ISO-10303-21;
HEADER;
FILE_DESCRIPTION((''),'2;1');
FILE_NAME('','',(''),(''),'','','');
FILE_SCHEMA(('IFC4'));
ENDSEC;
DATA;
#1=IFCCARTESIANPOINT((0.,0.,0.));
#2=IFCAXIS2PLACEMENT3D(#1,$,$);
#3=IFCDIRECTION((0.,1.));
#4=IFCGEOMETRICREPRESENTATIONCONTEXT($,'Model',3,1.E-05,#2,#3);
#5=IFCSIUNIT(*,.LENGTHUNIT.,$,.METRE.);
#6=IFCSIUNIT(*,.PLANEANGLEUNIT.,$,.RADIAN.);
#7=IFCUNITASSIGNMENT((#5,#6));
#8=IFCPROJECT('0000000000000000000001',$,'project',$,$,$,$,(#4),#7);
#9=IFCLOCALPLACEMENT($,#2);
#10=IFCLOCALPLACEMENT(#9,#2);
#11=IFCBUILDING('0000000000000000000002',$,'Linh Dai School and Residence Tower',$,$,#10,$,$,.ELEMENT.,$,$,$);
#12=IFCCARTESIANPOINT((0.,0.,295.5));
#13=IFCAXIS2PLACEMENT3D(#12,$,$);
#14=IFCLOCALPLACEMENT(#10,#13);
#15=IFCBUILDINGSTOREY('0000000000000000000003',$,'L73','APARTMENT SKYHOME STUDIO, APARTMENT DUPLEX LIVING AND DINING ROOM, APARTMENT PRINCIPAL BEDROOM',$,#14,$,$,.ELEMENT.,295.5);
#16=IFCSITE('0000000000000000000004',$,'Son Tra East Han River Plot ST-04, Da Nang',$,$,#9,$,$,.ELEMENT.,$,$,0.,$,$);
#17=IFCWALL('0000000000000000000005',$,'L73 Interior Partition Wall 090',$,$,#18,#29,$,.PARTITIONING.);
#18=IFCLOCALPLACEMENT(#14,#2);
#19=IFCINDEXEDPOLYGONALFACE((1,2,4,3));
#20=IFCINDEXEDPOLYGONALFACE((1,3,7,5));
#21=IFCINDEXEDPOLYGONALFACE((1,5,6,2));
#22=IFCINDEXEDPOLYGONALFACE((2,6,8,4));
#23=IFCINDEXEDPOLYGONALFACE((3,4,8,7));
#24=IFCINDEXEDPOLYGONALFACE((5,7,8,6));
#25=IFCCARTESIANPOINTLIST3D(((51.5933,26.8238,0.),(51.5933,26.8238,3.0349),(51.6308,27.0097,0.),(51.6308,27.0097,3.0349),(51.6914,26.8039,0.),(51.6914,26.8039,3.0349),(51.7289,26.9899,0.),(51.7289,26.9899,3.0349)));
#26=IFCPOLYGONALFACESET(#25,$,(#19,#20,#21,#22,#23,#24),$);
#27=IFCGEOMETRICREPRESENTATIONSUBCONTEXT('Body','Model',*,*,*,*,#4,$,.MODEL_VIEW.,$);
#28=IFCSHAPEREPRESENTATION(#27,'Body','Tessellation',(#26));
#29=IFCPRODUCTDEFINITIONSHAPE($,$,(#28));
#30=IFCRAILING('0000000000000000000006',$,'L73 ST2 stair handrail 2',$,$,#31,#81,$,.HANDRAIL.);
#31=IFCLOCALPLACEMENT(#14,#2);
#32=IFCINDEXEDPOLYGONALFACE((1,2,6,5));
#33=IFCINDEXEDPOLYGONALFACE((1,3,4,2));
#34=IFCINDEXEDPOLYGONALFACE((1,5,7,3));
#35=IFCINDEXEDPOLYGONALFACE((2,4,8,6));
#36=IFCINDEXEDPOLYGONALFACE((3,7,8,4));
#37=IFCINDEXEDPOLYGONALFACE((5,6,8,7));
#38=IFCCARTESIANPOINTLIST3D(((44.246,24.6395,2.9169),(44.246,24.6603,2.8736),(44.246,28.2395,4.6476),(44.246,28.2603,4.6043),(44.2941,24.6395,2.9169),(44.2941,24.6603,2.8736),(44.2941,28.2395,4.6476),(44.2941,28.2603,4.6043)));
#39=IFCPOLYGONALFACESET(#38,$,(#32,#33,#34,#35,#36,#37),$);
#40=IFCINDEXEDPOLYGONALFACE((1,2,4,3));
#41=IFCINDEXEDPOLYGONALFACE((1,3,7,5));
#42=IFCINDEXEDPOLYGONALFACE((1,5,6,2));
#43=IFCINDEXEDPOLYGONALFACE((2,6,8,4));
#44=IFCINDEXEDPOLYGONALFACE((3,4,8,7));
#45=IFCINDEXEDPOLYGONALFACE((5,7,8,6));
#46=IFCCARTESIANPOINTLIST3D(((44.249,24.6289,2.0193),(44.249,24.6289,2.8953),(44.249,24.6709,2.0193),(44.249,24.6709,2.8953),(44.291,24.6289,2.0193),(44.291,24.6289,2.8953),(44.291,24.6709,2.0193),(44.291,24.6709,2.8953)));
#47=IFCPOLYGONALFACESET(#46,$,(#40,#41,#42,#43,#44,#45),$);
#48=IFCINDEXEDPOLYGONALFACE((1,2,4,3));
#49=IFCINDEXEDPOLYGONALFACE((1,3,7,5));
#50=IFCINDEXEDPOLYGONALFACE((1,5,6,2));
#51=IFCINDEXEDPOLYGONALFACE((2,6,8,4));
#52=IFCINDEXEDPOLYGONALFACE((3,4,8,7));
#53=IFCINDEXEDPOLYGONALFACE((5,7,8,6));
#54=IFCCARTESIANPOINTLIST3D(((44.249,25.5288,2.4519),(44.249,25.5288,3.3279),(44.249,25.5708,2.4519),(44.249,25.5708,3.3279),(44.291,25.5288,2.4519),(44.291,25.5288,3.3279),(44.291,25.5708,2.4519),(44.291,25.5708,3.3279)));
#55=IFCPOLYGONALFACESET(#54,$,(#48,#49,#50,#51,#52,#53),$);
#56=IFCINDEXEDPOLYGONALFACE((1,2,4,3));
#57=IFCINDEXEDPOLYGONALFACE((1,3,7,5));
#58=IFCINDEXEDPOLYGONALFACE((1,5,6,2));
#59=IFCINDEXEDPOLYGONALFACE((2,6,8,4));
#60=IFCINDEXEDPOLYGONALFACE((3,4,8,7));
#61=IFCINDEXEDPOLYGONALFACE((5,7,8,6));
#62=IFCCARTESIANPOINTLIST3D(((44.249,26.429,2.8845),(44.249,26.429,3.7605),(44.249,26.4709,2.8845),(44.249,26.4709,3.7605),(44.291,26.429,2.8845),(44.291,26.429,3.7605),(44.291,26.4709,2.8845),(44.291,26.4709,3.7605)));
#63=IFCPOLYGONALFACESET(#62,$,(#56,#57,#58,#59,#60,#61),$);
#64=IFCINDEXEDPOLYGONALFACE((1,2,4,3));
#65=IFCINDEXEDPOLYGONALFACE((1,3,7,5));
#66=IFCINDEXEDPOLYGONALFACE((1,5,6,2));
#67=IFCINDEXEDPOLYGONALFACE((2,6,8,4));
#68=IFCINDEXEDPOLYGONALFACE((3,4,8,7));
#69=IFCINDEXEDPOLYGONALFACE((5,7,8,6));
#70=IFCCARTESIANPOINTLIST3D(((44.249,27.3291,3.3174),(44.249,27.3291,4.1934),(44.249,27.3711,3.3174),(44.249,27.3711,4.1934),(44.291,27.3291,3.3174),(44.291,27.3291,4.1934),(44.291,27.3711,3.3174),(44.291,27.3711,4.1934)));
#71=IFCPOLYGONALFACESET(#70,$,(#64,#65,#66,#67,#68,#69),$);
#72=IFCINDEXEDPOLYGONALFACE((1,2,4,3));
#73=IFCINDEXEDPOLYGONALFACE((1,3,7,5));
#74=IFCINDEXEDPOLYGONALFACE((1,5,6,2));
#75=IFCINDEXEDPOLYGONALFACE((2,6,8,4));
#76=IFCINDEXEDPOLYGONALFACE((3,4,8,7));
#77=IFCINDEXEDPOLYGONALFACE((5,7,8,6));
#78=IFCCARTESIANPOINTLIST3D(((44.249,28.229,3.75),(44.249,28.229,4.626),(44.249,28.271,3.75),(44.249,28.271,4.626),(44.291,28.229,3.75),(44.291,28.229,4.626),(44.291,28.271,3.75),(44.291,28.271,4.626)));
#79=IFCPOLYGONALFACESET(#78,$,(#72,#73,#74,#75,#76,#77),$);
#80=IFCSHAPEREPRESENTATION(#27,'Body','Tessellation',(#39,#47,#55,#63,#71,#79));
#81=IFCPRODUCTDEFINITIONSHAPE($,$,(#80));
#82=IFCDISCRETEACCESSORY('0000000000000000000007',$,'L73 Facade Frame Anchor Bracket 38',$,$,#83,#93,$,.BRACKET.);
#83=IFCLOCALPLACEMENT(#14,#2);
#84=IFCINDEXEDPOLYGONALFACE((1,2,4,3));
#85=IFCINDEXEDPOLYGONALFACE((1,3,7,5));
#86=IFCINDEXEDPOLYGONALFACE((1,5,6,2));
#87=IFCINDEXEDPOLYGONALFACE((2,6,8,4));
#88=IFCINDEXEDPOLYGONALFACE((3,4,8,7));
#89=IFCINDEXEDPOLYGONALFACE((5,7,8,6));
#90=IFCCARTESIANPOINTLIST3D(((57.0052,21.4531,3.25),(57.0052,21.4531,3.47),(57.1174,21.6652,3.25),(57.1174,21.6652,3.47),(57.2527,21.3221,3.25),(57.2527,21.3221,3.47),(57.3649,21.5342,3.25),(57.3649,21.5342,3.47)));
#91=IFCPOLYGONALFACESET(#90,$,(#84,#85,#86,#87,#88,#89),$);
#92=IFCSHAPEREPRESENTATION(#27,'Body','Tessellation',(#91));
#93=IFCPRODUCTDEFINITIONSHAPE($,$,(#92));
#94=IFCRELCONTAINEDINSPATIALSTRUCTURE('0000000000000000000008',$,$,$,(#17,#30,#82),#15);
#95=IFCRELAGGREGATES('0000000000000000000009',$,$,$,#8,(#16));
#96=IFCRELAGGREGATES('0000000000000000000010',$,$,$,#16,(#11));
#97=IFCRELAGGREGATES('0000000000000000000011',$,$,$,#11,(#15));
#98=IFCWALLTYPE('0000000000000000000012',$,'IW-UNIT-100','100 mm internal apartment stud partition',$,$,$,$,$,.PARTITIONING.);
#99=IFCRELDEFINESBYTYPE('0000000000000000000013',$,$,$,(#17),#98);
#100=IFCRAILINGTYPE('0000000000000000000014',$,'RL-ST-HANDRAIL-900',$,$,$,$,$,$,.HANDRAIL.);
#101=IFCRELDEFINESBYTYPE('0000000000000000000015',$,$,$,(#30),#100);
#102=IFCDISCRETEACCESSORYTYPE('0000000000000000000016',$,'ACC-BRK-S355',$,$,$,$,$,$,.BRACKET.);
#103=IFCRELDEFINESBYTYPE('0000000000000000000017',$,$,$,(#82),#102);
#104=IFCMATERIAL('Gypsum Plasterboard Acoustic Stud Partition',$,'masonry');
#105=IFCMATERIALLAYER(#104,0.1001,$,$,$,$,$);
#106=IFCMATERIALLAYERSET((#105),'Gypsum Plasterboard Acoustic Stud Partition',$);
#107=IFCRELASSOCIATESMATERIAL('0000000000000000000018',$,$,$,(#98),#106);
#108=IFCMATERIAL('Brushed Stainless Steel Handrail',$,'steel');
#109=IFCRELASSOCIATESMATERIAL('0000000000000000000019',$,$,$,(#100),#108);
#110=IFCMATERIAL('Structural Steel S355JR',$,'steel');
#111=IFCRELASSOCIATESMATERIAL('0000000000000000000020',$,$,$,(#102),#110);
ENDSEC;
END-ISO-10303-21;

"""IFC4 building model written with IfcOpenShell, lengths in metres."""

from ifc_helpers import new_model, si_unit, direction, frame, frame_2d, origin, origin_2d, place, context, subcontext, project, spatial, rectangle, extrude, source, transform, mapped, material, layer, layer_set, type_object, element, save


model = new_model("IFC4")

# Units and contexts
model_context = context("Model", 3, precision=1e-05, world=origin(), true_north=direction((0.0, 1.0)))
body_context = subcontext(model_context, "Body", "Model", "MODEL_VIEW")
ifc_project = project(units=[si_unit("LENGTHUNIT", "METRE"), si_unit("PLANEANGLEUNIT", "RADIAN")], contexts=[model_context])

# Site, building, storey
site_placement = place(None, origin())
site = spatial("IfcSite", under=ifc_project, at=site_placement, Name="Son Tra East Han River Plot ST-04, Da Nang", CompositionType="ELEMENT", RefElevation=0.0)
building_placement = place(site_placement, origin())
building = spatial("IfcBuilding", under=site, at=building_placement, Name="Linh Dai School and Residence Tower", CompositionType="ELEMENT")
storey_placement = place(building_placement, frame((0.0, 0.0, 295.5)))
storey = spatial("IfcBuildingStorey", under=building, at=storey_placement, Name="L73", Description="APARTMENT SKYHOME STUDIO, APARTMENT DUPLEX LIVING AND DINING ROOM, APARTMENT PRINCIPAL BEDROOM", CompositionType="ELEMENT", Elevation=295.5)

# Shared definitions
ifc_material_1 = material(Name="Structural Steel S355JR", Category="steel")

# Shared definitions
ifc_material_2 = material(Name="Gypsum Plasterboard Acoustic Stud Partition", Category="masonry")
ifc_layer_1 = layer(ifc_material_2, 0.1001)
ifc_layer_set_1 = layer_set([ifc_layer_1], Name="Gypsum Plasterboard Acoustic Stud Partition")
wall_type_1 = type_object("IfcWallType", Name="IW-UNIT-100", Description="100 mm internal apartment stud partition", PredefinedType="PARTITIONING", material=ifc_layer_set_1)

# Wall
wall_1_placement = place(storey_placement, frame((51.6423, 26.814, 0.0), z_axis=(0.0, 0.0, 1.0), x_axis=(0.198095, 0.980183, 0.0)))
element("IfcWall", 1, at=wall_1_placement, inside=storey, type_object=wall_type_1, Name="L73 Interior Partition Wall 090", PredefinedType="PARTITIONING", context=body_context, shape_type="SweptSolid", body=[
    extrude(rectangle(XDim=0.1897, YDim=0.1001, at=frame_2d((0.0947, 0.0))), origin(), (0.0, 0.0, 1.0), 3.0349),
])

# Railing
ifc_material_3 = material(Name="Brushed Stainless Steel Handrail", Category="steel")
railing_type = type_object("IfcRailingType", Name="RL-ST-HANDRAIL-900", PredefinedType="HANDRAIL", material=ifc_material_3)
shared_shape_1 = source(origin(), body_context, "Body", "SweptSolid", [
    extrude(rectangle(XDim=0.0481, YDim=0.0481, at=origin_2d()), frame((0.0, 0.0, 0.876), z_axis=(0.0, 0.901263, 0.433273), x_axis=(-1.0, 0.0, 0.0)), (0.0, 0.0, 1.0), 3.9944),
    extrude(rectangle(XDim=0.042, YDim=0.042, at=origin_2d()), origin(), (0.0, 0.0, 1.0), 0.876),
    extrude(rectangle(XDim=0.042, YDim=0.042, at=origin_2d()), frame((0.0, 0.8999, 0.4326)), (0.0, 0.0, 1.0), 0.876),
    extrude(rectangle(XDim=0.042, YDim=0.042, at=origin_2d()), frame((0.0, 1.8, 0.8652)), (0.0, 0.0, 1.0), 0.876),
    extrude(rectangle(XDim=0.042, YDim=0.042, at=origin_2d()), frame((0.0, 2.7002, 1.2981)), (0.0, 0.0, 1.0), 0.876),
    extrude(rectangle(XDim=0.042, YDim=0.042, at=origin_2d()), frame((0.0, 3.6001, 1.7307)), (0.0, 0.0, 1.0), 0.876),
])
railing_placement = place(storey_placement, frame((44.27, 24.6499, 2.0193)))
element("IfcRailing", 2, at=railing_placement, inside=storey, type_object=railing_type, Name="L73 ST2 stair handrail 2", PredefinedType="HANDRAIL", context=body_context, shape_type="MappedRepresentation", body=[
    mapped(shared_shape_1, transform((0.0, 0.0, 0.0), x_axis=(1.0, 0.0, 0.0), y_axis=(0.0, 1.0, 0.0), z_axis=(0.0, 0.0, 1.0), scale=1.0)),
])

# Discrete accessory
discrete_accessory_type = type_object("IfcDiscreteAccessoryType", Name="ACC-BRK-S355", PredefinedType="BRACKET", material=ifc_material_1)
shared_shape_2 = source(origin(), body_context, "Body", "SweptSolid", [
    extrude(rectangle(XDim=0.28, YDim=0.24, at=origin_2d()), origin(), (0.0, 0.0, 1.0), 0.22),
])
discrete_accessory_placement = place(storey_placement, frame((57.1851, 21.4937, 3.25), z_axis=(0.0, 0.0, 1.0), x_axis=(0.883938, -0.467604, 0.0)))
element("IfcDiscreteAccessory", 3, at=discrete_accessory_placement, inside=storey, type_object=discrete_accessory_type, Name="L73 Facade Frame Anchor Bracket 38", PredefinedType="BRACKET", context=body_context, shape_type="MappedRepresentation", body=[
    mapped(shared_shape_2, transform((0.0, 0.0, 0.0), x_axis=(1.0, 0.0, 0.0), y_axis=(0.0, 1.0, 0.0), z_axis=(0.0, 0.0, 1.0), scale=1.0)),
])

save(model, "model.ifc")
